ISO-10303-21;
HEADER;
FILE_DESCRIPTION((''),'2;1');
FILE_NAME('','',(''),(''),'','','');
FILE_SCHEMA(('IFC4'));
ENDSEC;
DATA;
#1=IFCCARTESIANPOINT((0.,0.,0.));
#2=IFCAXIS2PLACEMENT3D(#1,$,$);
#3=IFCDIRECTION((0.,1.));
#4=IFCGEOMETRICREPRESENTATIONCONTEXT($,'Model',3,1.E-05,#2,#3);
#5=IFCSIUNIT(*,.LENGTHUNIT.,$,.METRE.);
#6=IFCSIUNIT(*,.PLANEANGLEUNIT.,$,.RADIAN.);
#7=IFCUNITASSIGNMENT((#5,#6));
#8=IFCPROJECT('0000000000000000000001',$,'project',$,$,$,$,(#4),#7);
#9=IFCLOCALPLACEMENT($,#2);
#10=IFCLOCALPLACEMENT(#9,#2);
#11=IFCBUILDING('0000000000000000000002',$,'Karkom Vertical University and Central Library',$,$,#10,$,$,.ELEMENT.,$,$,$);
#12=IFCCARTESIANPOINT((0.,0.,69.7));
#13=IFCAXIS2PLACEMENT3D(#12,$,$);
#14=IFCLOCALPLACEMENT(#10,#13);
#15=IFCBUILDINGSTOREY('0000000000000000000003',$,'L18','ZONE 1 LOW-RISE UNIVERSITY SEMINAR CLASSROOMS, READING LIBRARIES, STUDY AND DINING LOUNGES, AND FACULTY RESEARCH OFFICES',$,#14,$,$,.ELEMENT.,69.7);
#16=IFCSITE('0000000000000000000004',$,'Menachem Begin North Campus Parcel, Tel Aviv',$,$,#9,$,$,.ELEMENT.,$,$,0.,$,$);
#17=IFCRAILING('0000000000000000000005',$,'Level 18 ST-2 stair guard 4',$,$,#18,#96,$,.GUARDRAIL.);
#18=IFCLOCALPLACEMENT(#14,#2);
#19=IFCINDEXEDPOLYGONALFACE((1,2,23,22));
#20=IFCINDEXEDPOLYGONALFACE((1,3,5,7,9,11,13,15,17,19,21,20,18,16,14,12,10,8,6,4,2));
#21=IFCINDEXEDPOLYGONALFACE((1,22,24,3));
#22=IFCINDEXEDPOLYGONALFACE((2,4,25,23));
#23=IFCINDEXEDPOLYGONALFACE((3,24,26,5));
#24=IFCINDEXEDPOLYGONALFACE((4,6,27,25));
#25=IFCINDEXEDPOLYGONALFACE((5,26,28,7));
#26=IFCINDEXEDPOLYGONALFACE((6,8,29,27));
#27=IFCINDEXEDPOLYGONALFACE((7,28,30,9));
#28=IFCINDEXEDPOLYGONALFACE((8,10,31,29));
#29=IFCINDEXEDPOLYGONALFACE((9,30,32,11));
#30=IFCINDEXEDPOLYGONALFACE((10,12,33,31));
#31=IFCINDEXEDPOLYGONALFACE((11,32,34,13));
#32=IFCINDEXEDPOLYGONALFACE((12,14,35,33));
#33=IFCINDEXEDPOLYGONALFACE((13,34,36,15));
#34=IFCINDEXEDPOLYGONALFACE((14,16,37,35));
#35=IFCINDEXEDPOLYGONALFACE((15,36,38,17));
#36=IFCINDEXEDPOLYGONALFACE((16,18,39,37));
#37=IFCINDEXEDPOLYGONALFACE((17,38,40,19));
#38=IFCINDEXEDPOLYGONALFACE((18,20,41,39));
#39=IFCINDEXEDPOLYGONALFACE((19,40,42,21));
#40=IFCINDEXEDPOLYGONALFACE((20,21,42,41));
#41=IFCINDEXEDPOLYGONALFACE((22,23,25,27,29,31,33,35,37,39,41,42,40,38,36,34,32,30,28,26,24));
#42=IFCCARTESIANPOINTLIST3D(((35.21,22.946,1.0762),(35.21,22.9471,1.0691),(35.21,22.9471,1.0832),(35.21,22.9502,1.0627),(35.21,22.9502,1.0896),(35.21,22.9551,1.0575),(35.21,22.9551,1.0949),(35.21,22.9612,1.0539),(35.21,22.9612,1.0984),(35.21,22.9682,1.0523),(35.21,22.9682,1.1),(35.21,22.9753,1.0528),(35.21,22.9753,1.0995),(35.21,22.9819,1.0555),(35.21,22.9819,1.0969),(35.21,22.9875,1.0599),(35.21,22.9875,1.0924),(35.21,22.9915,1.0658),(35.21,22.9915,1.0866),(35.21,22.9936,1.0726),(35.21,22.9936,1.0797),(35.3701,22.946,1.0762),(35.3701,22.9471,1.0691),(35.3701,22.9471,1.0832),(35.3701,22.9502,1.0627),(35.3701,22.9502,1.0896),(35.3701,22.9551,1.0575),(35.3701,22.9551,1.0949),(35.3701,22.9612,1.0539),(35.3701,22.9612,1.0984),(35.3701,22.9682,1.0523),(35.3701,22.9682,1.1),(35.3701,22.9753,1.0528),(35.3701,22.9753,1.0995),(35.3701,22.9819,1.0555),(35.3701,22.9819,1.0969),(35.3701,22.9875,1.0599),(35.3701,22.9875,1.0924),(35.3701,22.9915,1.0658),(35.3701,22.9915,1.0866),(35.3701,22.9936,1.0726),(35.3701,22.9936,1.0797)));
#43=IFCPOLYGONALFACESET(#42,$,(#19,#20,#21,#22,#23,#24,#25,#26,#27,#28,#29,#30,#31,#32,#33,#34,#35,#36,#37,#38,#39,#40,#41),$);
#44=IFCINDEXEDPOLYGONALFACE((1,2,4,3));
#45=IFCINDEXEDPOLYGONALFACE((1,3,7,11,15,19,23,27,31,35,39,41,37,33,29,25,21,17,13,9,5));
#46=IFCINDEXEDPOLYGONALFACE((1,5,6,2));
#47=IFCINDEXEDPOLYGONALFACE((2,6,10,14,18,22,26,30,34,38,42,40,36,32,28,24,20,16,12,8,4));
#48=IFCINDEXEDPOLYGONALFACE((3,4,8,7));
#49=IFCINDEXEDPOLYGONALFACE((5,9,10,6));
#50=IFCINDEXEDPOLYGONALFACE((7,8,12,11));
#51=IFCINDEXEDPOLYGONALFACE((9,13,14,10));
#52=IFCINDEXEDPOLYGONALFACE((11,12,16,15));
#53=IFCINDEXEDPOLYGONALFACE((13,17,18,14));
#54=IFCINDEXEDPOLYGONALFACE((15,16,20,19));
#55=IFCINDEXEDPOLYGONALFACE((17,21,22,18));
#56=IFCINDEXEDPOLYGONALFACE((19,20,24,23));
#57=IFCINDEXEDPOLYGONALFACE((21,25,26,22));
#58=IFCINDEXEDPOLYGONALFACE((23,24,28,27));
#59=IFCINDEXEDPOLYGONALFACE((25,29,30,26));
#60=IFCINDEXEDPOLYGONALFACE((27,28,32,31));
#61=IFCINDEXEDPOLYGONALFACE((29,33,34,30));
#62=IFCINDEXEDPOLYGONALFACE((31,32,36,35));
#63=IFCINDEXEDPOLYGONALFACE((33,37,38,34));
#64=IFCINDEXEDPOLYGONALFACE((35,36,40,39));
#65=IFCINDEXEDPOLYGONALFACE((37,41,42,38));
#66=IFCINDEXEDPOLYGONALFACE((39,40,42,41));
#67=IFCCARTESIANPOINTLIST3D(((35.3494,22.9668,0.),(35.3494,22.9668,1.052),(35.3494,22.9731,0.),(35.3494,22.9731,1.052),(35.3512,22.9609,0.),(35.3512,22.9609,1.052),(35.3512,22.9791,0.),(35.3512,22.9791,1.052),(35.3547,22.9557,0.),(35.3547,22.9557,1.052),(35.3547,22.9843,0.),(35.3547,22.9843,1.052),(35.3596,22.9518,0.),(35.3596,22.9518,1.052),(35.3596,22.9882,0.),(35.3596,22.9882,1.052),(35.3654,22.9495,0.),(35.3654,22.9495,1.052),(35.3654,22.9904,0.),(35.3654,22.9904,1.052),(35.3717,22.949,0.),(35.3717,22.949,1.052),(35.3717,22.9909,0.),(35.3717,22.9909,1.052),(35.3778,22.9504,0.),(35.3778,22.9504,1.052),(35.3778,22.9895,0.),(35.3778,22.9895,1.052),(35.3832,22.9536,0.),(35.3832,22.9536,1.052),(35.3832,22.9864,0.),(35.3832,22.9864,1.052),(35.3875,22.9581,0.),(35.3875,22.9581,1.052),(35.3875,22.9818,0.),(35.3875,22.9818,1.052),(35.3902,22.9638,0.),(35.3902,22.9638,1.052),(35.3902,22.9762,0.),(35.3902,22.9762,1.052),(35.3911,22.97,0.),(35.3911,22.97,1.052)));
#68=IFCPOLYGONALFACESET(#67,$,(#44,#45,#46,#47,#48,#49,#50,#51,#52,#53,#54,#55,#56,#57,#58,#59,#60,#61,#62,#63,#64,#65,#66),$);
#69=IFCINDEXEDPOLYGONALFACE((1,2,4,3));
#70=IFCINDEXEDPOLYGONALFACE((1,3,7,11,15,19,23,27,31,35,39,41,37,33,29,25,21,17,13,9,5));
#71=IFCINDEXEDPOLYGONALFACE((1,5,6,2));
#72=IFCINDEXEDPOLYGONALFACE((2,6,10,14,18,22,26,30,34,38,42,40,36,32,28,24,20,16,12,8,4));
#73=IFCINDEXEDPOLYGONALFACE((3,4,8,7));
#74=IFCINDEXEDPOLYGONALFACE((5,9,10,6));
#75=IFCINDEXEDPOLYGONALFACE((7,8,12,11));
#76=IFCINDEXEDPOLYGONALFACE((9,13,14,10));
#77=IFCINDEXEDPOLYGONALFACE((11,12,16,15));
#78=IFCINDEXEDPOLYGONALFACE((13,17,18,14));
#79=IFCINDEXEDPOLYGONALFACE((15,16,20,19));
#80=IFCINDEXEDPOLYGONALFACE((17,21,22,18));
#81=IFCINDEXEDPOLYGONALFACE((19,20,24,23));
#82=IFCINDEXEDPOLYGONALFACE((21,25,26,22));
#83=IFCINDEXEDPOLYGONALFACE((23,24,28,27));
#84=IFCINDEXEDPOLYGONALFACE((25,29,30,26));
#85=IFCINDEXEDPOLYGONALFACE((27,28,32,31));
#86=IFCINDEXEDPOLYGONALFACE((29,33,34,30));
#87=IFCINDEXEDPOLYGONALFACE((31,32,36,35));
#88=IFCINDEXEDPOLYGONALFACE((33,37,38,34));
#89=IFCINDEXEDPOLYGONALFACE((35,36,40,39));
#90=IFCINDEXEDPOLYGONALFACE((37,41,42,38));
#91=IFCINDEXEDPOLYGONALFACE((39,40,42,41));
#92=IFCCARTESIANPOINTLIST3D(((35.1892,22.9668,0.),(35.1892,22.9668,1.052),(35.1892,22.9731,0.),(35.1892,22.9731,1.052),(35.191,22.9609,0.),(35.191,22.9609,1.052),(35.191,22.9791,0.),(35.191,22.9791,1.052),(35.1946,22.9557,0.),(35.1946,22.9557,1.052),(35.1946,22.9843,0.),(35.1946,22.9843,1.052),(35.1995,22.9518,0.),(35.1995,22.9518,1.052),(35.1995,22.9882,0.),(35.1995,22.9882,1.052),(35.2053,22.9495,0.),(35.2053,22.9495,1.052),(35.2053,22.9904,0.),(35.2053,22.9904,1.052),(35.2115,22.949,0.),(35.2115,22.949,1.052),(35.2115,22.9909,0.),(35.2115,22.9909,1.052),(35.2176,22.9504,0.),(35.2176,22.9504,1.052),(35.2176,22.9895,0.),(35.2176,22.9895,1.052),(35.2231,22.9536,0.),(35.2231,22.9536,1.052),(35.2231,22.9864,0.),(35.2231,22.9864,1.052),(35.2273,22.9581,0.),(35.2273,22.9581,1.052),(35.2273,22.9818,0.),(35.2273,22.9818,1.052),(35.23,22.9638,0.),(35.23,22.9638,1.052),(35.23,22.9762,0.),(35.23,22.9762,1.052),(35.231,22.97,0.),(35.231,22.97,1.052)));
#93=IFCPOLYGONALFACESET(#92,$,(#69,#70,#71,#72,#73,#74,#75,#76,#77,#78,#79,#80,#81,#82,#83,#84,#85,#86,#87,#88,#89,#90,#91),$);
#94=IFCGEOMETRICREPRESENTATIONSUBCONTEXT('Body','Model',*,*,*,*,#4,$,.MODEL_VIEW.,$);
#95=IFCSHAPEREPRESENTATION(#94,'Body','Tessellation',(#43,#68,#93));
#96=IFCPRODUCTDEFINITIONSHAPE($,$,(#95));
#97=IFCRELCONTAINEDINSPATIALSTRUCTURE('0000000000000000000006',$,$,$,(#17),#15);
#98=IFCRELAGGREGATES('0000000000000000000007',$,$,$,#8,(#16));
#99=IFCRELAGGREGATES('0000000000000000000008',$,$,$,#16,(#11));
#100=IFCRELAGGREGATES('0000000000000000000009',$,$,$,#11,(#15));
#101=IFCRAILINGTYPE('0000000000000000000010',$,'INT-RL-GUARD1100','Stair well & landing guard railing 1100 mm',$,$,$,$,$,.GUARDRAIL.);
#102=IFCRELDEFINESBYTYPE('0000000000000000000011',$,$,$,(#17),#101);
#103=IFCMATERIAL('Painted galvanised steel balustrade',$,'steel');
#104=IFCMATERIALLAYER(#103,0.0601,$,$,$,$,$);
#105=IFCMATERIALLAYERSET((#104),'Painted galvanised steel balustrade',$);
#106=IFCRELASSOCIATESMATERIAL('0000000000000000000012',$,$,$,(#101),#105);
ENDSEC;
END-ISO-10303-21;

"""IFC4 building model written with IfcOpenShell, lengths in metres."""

from ifc_helpers import new_model, si_unit, direction, frame, origin, origin_2d, place, context, subcontext, project, spatial, circle, extrude, material, layer, layer_set, type_object, element, save


model = new_model("IFC4")

# Units and contexts
model_context = context("Model", 3, precision=1e-05, world=origin(), true_north=direction((0.0, 1.0)))
body_context = subcontext(model_context, "Body", "Model", "MODEL_VIEW")
ifc_project = project(units=[si_unit("LENGTHUNIT", "METRE"), si_unit("PLANEANGLEUNIT", "RADIAN")], contexts=[model_context])

# Site, building, storey
site_placement = place(None, origin())
site = spatial("IfcSite", under=ifc_project, at=site_placement, Name="Menachem Begin North Campus Parcel, Tel Aviv", CompositionType="ELEMENT", RefElevation=0.0)
building_placement = place(site_placement, origin())
building = spatial("IfcBuilding", under=site, at=building_placement, Name="Karkom Vertical University and Central Library", CompositionType="ELEMENT")
storey_placement = place(building_placement, frame((0.0, 0.0, 69.7)))
storey = spatial("IfcBuildingStorey", under=building, at=storey_placement, Name="L18", Description="ZONE 1 LOW-RISE UNIVERSITY SEMINAR CLASSROOMS, READING LIBRARIES, STUDY AND DINING LOUNGES, AND FACULTY RESEARCH OFFICES", CompositionType="ELEMENT", Elevation=69.7)

# Railing
ifc_material_1 = material(Name="Painted galvanised steel balustrade", Category="steel")
ifc_layer_1 = layer(ifc_material_1, 0.0601)
ifc_layer_set_1 = layer_set([ifc_layer_1], Name="Painted galvanised steel balustrade")
railing_type_1 = type_object("IfcRailingType", Name="INT-RL-GUARD1100", Description="Stair well & landing guard railing 1100 mm", PredefinedType="GUARDRAIL", material=ifc_layer_set_1)
railing_1_placement = place(storey_placement, frame((35.3701, 22.97, 0.0)))
element("IfcRailing", 1, at=railing_1_placement, inside=storey, type_object=railing_type_1, Name="Level 18 ST-2 stair guard 4", PredefinedType="GUARDRAIL", context=body_context, shape_type="SweptSolid", body=[
    extrude(circle(Radius=0.0239, at=origin_2d()), frame((0.0, 0.0, 1.0762), z_axis=(-1.0, 0.0, 0.0), x_axis=(0.0, -1.0, 0.0)), (0.0, 0.0, 1.0), 0.1602),
    extrude(circle(Radius=0.021, at=origin_2d()), origin(), (0.0, 0.0, 1.0), 1.052),
    extrude(circle(Radius=0.021, at=origin_2d()), frame((-0.1602, 0.0, 0.0)), (0.0, 0.0, 1.0), 1.052),
])

save(model, "model.ifc")
